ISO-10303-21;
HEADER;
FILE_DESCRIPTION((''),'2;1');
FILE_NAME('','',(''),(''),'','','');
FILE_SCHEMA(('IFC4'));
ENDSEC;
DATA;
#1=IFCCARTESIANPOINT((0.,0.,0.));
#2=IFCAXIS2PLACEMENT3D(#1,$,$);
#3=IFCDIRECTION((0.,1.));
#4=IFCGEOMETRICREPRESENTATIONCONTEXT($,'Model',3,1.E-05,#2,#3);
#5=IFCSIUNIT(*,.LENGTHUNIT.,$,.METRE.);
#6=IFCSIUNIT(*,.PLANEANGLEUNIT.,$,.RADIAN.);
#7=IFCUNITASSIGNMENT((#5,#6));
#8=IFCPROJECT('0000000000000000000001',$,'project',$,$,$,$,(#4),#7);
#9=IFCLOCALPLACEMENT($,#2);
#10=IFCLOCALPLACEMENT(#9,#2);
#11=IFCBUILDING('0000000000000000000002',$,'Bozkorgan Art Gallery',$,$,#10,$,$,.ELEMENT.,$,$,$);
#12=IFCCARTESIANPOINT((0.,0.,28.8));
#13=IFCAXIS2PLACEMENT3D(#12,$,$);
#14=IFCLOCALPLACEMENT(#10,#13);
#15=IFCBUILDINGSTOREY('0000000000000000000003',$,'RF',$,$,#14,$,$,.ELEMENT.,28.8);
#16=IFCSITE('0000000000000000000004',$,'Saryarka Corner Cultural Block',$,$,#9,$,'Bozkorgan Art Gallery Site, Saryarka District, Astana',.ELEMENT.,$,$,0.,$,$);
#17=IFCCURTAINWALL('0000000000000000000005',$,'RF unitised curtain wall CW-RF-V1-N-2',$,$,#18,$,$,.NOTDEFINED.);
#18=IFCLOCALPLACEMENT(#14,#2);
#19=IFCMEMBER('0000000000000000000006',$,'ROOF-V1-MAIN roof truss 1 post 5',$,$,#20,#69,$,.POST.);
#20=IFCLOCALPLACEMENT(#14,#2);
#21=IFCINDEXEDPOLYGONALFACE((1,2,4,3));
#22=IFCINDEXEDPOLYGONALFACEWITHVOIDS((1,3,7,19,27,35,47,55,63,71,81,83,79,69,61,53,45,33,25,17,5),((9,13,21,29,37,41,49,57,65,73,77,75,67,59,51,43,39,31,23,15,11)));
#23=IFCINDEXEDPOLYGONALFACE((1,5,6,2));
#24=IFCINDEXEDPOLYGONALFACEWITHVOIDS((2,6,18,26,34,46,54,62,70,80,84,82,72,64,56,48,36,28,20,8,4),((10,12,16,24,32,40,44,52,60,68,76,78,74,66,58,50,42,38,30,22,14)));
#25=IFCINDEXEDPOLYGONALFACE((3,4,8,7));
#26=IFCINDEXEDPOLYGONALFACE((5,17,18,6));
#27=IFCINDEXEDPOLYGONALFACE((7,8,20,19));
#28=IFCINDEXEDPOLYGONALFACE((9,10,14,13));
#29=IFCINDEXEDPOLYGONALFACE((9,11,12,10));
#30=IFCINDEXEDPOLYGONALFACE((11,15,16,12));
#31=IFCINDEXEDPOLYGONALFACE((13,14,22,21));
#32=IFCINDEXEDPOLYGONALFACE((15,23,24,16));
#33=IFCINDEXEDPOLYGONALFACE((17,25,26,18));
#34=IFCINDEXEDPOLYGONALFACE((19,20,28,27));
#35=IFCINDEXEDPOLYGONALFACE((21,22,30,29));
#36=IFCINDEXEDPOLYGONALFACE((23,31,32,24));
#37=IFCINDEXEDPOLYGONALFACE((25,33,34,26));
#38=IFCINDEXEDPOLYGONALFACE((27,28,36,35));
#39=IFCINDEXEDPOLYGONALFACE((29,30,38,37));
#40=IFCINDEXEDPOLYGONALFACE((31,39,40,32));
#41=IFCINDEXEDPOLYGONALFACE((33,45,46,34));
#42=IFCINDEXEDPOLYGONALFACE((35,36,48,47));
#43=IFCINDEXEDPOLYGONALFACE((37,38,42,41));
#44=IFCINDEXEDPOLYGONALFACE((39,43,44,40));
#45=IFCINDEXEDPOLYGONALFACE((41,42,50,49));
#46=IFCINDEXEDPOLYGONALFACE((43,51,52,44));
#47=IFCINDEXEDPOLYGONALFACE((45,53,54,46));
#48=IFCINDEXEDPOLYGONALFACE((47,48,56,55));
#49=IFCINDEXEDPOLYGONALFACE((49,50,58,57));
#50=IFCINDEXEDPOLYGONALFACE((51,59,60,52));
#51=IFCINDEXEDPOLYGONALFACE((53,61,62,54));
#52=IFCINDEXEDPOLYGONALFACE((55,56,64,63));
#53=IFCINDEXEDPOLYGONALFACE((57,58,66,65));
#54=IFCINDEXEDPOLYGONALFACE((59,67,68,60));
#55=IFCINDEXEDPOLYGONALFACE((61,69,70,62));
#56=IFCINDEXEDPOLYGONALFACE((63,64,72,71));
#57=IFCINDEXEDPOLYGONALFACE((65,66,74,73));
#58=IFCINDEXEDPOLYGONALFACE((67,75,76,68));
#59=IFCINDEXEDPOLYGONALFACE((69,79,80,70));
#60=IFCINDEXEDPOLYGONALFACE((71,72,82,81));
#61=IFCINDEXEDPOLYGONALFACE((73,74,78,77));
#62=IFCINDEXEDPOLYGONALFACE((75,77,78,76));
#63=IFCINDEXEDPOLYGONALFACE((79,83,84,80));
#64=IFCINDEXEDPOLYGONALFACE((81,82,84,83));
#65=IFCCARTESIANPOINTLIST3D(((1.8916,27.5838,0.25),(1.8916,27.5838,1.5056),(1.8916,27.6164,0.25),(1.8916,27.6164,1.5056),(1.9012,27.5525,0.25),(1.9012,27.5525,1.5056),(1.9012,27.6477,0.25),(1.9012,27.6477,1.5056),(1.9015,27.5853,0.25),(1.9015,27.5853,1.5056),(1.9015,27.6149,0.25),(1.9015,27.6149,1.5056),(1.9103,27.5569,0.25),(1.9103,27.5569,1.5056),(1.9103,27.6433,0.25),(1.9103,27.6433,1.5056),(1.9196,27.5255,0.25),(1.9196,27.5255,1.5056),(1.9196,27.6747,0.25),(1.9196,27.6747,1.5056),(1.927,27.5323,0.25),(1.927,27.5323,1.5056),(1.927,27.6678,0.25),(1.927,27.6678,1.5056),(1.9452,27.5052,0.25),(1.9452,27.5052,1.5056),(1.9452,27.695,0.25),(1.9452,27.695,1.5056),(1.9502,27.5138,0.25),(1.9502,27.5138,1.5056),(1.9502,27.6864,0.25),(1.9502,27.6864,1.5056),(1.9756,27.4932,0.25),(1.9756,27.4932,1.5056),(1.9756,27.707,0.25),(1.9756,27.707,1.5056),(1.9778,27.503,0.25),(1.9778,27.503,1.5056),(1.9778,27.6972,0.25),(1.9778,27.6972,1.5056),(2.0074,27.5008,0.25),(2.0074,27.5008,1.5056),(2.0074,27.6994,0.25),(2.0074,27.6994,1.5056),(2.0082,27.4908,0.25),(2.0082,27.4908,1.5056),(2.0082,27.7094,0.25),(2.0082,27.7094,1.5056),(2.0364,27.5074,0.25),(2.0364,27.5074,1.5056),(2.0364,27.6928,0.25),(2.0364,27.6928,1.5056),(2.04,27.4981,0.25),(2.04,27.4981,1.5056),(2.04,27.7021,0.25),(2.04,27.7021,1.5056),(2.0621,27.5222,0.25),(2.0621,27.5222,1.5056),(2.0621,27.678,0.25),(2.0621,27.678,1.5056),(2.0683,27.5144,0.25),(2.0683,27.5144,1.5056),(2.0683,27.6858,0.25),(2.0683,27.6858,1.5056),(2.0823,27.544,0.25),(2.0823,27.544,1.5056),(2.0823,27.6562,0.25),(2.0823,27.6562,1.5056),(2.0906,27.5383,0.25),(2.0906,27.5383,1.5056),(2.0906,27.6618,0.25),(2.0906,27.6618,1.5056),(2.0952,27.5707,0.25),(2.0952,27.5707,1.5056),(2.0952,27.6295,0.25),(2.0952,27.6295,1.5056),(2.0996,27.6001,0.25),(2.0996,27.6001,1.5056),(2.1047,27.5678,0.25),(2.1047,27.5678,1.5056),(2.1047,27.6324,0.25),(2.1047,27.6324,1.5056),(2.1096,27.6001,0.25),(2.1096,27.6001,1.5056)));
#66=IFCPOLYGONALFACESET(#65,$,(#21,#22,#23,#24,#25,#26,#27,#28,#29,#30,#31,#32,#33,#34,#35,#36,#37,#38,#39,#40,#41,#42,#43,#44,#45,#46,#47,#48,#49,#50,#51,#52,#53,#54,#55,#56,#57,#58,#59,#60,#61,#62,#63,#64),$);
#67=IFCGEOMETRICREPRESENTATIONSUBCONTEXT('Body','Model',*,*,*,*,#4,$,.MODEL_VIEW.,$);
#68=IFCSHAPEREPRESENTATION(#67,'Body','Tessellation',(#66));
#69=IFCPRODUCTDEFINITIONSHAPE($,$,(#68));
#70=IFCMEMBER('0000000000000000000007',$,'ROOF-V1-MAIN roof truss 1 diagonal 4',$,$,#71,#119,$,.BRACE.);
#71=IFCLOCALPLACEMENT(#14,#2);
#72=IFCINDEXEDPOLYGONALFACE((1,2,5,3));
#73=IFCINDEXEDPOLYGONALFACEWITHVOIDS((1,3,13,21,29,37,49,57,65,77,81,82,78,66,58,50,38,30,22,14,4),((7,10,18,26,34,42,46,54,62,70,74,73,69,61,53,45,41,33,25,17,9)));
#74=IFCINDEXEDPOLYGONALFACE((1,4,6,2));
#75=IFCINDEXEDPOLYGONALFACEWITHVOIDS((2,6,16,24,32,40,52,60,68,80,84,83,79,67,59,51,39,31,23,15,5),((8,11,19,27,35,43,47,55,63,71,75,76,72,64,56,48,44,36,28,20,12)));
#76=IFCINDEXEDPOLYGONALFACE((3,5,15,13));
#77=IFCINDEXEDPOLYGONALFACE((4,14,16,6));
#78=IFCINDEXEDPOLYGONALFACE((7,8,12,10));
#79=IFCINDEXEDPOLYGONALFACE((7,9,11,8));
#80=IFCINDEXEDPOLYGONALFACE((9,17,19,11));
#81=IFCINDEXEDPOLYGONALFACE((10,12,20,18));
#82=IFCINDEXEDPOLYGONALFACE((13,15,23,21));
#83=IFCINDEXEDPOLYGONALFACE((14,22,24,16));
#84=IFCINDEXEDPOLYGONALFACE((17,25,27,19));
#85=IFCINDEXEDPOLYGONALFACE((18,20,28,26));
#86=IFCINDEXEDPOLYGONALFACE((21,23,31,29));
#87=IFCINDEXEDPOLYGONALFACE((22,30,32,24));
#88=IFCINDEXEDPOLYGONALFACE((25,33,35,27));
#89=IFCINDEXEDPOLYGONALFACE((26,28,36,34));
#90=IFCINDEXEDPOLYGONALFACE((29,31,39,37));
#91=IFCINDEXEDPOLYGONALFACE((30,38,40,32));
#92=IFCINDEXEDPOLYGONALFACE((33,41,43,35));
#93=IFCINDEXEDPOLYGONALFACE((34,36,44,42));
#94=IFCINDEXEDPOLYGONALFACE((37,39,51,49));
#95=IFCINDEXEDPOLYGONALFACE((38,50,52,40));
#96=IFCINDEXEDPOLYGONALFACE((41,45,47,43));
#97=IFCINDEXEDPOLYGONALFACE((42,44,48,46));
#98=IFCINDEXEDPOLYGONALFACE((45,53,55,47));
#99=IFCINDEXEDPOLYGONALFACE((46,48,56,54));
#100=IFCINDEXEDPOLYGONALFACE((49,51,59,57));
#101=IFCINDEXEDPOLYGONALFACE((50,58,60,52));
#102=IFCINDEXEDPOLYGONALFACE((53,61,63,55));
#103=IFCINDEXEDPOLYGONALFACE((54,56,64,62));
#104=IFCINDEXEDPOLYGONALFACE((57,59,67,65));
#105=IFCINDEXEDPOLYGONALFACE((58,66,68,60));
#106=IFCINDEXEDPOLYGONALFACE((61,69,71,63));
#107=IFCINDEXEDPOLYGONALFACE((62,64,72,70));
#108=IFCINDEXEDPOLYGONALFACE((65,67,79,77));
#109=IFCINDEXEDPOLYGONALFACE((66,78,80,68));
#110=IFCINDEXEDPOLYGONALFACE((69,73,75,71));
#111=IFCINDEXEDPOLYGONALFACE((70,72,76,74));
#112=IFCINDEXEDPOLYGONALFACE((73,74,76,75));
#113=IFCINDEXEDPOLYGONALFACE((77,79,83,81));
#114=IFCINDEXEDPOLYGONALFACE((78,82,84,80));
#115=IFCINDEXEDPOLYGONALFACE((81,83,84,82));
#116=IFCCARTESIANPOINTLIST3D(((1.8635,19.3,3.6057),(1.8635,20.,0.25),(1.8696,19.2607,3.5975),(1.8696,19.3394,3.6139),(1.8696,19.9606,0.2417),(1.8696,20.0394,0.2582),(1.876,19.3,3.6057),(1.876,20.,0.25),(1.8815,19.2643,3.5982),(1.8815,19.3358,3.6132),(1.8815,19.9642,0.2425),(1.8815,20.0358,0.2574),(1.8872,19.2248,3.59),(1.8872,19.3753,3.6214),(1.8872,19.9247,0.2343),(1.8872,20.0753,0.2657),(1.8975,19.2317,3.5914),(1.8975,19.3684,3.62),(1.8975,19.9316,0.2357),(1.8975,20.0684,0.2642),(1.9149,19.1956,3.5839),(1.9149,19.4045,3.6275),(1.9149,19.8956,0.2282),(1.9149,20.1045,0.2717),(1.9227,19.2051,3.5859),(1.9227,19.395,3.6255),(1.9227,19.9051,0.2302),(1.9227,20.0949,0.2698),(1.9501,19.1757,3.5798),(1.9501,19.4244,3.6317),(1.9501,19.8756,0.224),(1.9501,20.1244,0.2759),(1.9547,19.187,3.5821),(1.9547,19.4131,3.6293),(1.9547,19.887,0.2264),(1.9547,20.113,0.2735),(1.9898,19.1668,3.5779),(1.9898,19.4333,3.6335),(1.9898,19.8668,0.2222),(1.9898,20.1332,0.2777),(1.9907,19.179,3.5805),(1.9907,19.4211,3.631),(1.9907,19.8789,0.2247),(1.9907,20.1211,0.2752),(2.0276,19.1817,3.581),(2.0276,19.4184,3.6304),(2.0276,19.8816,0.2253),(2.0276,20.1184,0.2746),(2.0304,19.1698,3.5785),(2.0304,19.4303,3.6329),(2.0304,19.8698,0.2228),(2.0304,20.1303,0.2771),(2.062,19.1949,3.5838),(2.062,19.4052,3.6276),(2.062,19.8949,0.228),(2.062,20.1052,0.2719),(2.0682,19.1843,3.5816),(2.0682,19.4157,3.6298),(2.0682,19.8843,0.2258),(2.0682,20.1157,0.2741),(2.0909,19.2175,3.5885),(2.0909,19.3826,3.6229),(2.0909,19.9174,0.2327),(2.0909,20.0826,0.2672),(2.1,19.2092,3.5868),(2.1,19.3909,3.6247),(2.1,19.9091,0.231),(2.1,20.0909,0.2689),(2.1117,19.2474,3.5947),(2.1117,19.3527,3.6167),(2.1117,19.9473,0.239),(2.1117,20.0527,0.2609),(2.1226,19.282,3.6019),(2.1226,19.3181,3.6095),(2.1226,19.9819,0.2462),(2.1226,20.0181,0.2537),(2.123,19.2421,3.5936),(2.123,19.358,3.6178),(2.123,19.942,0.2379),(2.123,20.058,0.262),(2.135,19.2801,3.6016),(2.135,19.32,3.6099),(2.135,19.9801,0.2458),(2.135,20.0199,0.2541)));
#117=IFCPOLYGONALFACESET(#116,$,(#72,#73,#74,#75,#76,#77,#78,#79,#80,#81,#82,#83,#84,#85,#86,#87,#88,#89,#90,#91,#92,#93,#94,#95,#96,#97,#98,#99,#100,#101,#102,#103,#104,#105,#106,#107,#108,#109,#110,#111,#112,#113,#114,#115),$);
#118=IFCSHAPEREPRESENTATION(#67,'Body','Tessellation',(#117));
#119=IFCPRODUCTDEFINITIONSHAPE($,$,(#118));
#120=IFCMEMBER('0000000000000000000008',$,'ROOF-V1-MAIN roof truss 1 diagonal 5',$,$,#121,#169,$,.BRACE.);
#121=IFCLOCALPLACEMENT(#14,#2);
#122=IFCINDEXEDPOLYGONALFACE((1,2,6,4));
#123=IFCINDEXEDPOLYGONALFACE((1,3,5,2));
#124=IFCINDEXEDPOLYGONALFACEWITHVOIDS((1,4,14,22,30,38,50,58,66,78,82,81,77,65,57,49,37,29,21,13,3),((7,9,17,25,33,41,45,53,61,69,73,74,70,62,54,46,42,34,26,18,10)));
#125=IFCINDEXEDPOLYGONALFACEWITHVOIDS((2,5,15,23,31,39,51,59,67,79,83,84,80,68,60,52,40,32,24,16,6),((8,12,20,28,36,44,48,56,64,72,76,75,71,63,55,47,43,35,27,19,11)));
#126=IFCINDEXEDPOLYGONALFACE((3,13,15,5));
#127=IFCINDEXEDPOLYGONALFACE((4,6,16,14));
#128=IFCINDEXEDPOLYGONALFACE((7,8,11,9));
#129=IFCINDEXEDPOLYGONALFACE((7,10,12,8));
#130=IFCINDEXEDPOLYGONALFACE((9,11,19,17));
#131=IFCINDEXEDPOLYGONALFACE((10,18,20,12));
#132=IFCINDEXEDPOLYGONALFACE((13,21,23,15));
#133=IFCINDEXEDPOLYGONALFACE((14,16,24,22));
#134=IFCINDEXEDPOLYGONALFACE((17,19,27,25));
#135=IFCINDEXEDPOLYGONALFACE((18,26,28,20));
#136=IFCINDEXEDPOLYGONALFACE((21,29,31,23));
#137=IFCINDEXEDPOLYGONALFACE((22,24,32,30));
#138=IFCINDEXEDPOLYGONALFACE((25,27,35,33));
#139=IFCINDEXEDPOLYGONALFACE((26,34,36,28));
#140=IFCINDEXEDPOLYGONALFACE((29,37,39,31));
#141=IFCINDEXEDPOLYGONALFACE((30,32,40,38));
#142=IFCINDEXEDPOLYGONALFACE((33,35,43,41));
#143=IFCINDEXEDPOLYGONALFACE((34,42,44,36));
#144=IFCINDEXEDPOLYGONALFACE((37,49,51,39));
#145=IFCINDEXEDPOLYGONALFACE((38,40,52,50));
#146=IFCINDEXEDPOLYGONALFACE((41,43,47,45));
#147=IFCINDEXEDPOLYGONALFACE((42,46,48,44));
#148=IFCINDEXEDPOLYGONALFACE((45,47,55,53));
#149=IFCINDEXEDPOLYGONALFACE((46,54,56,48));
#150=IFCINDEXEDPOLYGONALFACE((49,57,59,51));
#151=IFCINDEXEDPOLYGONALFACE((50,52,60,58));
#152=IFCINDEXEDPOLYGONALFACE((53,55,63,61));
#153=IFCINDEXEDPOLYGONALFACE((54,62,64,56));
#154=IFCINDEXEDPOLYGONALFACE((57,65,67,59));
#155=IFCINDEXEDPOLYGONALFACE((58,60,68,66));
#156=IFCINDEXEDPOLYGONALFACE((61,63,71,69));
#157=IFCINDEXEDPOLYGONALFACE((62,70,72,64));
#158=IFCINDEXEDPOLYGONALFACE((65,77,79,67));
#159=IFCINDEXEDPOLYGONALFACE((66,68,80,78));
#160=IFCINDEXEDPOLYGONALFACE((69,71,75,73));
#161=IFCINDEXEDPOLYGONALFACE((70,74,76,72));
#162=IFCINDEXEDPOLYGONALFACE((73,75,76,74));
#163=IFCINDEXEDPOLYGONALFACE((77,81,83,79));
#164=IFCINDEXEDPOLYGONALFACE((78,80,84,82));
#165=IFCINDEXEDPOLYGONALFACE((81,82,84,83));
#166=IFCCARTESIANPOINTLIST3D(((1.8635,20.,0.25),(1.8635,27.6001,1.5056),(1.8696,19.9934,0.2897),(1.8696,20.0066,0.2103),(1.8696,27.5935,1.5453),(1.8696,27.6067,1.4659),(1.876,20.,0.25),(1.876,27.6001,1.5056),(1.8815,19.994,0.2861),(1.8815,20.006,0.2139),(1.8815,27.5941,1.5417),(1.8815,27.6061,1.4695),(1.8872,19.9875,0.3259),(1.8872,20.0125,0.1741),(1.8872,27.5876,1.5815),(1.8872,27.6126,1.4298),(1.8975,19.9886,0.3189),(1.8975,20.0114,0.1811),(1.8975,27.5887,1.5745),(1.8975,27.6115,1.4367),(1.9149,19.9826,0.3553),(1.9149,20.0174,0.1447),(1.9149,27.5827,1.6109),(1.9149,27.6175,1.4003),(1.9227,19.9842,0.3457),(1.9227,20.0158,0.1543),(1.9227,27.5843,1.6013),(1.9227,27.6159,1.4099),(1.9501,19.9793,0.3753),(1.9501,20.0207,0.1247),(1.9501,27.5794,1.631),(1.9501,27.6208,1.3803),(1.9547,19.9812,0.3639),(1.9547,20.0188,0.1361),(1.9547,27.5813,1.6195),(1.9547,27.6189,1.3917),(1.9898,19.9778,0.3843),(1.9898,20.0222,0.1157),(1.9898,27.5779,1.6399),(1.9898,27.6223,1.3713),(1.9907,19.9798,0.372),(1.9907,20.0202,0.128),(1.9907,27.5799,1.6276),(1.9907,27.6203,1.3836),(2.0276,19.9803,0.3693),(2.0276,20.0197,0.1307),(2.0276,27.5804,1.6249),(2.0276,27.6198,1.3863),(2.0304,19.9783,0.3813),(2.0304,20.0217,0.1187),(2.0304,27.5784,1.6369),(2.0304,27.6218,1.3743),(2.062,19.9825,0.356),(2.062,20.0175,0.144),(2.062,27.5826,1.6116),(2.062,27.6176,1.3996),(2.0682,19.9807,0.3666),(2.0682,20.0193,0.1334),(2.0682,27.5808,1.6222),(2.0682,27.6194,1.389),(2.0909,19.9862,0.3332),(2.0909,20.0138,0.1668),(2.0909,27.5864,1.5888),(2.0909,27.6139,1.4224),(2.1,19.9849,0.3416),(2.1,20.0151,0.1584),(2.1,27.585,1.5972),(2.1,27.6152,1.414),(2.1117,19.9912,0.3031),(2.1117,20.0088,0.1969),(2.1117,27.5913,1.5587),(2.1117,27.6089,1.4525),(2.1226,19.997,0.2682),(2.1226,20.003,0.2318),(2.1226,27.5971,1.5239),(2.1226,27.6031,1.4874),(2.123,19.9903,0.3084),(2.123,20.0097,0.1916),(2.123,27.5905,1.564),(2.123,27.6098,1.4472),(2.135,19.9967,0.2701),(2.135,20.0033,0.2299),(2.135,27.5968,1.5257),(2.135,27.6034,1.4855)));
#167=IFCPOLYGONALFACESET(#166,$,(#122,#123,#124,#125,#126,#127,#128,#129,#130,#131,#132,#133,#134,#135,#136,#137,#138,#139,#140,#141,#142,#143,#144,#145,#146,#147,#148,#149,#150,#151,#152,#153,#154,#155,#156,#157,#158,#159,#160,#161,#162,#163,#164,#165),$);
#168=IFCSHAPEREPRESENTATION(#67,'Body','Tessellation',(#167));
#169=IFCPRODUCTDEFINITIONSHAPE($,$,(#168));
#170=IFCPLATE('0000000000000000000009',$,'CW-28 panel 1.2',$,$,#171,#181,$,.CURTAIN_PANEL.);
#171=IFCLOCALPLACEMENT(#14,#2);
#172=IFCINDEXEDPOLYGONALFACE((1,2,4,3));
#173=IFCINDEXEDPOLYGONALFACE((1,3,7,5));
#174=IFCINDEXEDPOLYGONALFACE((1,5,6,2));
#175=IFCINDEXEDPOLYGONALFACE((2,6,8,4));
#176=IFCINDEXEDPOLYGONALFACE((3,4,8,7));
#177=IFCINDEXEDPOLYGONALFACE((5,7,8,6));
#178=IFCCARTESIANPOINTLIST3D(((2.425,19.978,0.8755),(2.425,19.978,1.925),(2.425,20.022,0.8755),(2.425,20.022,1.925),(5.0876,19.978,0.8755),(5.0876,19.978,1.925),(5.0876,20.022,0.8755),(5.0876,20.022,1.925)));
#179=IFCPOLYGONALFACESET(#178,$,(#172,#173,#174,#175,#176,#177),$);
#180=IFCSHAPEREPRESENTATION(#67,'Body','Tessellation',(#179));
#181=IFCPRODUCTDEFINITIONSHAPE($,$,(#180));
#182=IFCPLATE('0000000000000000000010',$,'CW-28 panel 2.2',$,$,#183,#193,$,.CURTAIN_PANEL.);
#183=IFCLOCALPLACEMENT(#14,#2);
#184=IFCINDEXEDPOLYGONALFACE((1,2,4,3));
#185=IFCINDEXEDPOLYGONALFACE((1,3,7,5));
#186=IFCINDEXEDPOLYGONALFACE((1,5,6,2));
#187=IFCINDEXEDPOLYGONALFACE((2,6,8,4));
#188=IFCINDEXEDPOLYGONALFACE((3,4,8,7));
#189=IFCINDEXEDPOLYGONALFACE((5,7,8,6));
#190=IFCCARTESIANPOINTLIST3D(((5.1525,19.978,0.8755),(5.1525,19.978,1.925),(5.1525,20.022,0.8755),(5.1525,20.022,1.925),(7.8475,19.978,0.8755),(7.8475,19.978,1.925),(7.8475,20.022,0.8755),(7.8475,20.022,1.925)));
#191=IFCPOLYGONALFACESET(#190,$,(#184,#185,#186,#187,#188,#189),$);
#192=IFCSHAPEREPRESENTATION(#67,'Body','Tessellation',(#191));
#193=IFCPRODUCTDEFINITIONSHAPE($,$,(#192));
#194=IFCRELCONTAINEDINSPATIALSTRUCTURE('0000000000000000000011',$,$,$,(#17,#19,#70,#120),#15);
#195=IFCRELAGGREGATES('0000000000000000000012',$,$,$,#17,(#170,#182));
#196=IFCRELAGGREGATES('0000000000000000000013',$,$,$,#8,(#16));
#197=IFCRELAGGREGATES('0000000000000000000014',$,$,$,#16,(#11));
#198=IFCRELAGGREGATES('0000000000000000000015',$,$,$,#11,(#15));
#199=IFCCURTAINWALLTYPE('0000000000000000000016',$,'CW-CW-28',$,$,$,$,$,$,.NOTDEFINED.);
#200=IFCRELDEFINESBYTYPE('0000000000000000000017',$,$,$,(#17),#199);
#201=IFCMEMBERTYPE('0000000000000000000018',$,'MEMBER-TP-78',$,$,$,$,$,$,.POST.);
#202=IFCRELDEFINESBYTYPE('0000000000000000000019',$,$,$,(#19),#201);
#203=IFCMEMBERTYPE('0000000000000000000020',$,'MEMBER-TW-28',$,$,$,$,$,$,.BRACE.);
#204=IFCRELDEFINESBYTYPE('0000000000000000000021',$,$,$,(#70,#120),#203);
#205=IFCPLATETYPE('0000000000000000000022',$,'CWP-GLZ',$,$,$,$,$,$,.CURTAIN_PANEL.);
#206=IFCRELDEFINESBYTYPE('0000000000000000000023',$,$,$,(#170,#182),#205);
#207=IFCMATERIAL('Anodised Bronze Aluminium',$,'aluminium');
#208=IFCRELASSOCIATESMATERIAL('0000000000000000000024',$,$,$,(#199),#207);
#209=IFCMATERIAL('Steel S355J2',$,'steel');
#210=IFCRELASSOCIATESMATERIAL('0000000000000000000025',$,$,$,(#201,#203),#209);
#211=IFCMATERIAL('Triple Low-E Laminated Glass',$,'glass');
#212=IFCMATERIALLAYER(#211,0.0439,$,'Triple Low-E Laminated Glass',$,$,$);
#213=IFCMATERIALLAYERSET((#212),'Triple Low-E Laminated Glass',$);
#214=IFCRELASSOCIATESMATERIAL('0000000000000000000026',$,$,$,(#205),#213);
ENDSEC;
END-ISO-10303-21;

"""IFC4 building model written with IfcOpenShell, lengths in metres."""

from ifc_helpers import new_model, si_unit, direction, frame, origin, origin_2d, place, context, subcontext, project, spatial, rectangle, hollow_circle, extrude, material, layer, layer_set, material_profile, profile_set, type_object, element, aggregate, save


model = new_model("IFC4")

# Units and contexts
model_context = context("Model", 3, precision=1e-05, world=origin(), true_north=direction((0.0, 1.0)))
body_context = subcontext(model_context, "Body", "Model", "MODEL_VIEW")
ifc_project = project(units=[si_unit("LENGTHUNIT", "METRE"), si_unit("PLANEANGLEUNIT", "RADIAN")], contexts=[model_context])

# Site, building, storey
site_placement = place(None, origin())
site = spatial("IfcSite", under=ifc_project, at=site_placement, Name="Saryarka Corner Cultural Block", LongName="Bozkorgan Art Gallery Site, Saryarka District, Astana", CompositionType="ELEMENT", RefElevation=0.0)
building_placement = place(site_placement, origin())
building = spatial("IfcBuilding", under=site, at=building_placement, Name="Bozkorgan Art Gallery", CompositionType="ELEMENT")
storey_placement = place(building_placement, frame((0.0, 0.0, 28.8)))
storey = spatial("IfcBuildingStorey", under=building, at=storey_placement, Name="RF", CompositionType="ELEMENT", Elevation=28.8)

# Curtain wall
ifc_material_1 = material(Name="Anodised Bronze Aluminium", Category="aluminium")
curtain_wall_type_1 = type_object("IfcCurtainWallType", Name="CW-CW-28", PredefinedType="NOTDEFINED", material=ifc_material_1)
curtain_wall_1_placement = place(storey_placement, origin())
curtain_wall_1 = element("IfcCurtainWall", 1, at=curtain_wall_1_placement, inside=storey, type_object=curtain_wall_type_1, Name="RF unitised curtain wall CW-RF-V1-N-2", PredefinedType="NOTDEFINED")

# Members
ifc_material_2 = material(Name="Steel S355J2", Category="steel")
ifc_material_profile_1 = material_profile(ifc_material_2, hollow_circle(Radius=0.1096, WallThickness=0.01, at=origin_2d()), Name="CHS 219.1x10")
ifc_profile_set_1 = profile_set([ifc_material_profile_1], Name="Steel S355J2")
member_type_1 = type_object("IfcMemberType", Name="MEMBER-TP-78", PredefinedType="POST", material=ifc_profile_set_1)
member_1_placement = place(storey_placement, frame((2.0, 27.6001, 0.25), z_axis=(0.0, 0.0, 1.0), x_axis=(1.0, 0.0, 0.0)))
element("IfcMember", 2, at=member_1_placement, inside=storey, type_object=member_type_1, Name="ROOF-V1-MAIN roof truss 1 post 5", PredefinedType="POST", context=body_context, shape_type="SweptSolid", body=[
    extrude(hollow_circle(Radius=0.1096, WallThickness=0.01, at=origin_2d()), origin(), (0.0, 0.0, 1.0), 1.2556),
])
ifc_material_profile_2 = material_profile(ifc_material_2, hollow_circle(Radius=0.1365, WallThickness=0.0125, at=origin_2d()), Name="CHS 273x12.5")
ifc_profile_set_2 = profile_set([ifc_material_profile_2], Name="Steel S355J2")
member_type_2 = type_object("IfcMemberType", Name="MEMBER-TW-28", PredefinedType="BRACE", material=ifc_profile_set_2)
member_2_placement = place(storey_placement, frame((2.0, 19.3, 3.6057), z_axis=(0.0, 0.20419, -0.978931), x_axis=(-1.0, 0.0, 0.0)))
element("IfcMember", 3, at=member_2_placement, inside=storey, type_object=member_type_2, Name="ROOF-V1-MAIN roof truss 1 diagonal 4", PredefinedType="BRACE", context=body_context, shape_type="SweptSolid", body=[
    extrude(hollow_circle(Radius=0.1365, WallThickness=0.0125, at=origin_2d()), origin(), (0.0, 0.0, 1.0), 3.428),
])
member_3_placement = place(storey_placement, frame((2.0, 20.0, 0.25), z_axis=(0.0, 0.986626, 0.163001), x_axis=(-1.0, 0.0, 0.0)))
element("IfcMember", 4, at=member_3_placement, inside=storey, type_object=member_type_2, Name="ROOF-V1-MAIN roof truss 1 diagonal 5", PredefinedType="BRACE", context=body_context, shape_type="SweptSolid", body=[
    extrude(hollow_circle(Radius=0.1365, WallThickness=0.0125, at=origin_2d()), origin(), (0.0, 0.0, 1.0), 7.7031),
])

# Plates
ifc_material_3 = material(Name="Triple Low-E Laminated Glass", Category="glass")
ifc_layer_1 = layer(ifc_material_3, 0.0439, Name="Triple Low-E Laminated Glass")
ifc_layer_set_1 = layer_set([ifc_layer_1], Name="Triple Low-E Laminated Glass")
plate_type_1 = type_object("IfcPlateType", Name="CWP-GLZ", PredefinedType="CURTAIN_PANEL", material=ifc_layer_set_1)
plate_1_placement = place(storey_placement, frame((3.7563, 20.0, 0.8755), z_axis=(0.0, 0.0, 1.0), x_axis=(1.0, 0.0, 0.0)))
plate_1 = element("IfcPlate", 5, at=plate_1_placement, type_object=plate_type_1, Name="CW-28 panel 1.2", PredefinedType="CURTAIN_PANEL", context=body_context, shape_type="SweptSolid", body=[
    extrude(rectangle(XDim=2.6626, YDim=0.0439, at=origin_2d()), origin(), (0.0, 0.0, 1.0), 1.0496),
])
plate_2_placement = place(storey_placement, frame((6.5, 20.0, 0.8755), z_axis=(0.0, 0.0, 1.0), x_axis=(1.0, 0.0, 0.0)))
plate_2 = element("IfcPlate", 6, at=plate_2_placement, type_object=plate_type_1, Name="CW-28 panel 2.2", PredefinedType="CURTAIN_PANEL", context=body_context, shape_type="SweptSolid", body=[
    extrude(rectangle(XDim=2.6951, YDim=0.0439, at=origin_2d()), origin(), (0.0, 0.0, 1.0), 1.0496),
])
aggregate(curtain_wall_1, [plate_1, plate_2])

save(model, "model.ifc")
